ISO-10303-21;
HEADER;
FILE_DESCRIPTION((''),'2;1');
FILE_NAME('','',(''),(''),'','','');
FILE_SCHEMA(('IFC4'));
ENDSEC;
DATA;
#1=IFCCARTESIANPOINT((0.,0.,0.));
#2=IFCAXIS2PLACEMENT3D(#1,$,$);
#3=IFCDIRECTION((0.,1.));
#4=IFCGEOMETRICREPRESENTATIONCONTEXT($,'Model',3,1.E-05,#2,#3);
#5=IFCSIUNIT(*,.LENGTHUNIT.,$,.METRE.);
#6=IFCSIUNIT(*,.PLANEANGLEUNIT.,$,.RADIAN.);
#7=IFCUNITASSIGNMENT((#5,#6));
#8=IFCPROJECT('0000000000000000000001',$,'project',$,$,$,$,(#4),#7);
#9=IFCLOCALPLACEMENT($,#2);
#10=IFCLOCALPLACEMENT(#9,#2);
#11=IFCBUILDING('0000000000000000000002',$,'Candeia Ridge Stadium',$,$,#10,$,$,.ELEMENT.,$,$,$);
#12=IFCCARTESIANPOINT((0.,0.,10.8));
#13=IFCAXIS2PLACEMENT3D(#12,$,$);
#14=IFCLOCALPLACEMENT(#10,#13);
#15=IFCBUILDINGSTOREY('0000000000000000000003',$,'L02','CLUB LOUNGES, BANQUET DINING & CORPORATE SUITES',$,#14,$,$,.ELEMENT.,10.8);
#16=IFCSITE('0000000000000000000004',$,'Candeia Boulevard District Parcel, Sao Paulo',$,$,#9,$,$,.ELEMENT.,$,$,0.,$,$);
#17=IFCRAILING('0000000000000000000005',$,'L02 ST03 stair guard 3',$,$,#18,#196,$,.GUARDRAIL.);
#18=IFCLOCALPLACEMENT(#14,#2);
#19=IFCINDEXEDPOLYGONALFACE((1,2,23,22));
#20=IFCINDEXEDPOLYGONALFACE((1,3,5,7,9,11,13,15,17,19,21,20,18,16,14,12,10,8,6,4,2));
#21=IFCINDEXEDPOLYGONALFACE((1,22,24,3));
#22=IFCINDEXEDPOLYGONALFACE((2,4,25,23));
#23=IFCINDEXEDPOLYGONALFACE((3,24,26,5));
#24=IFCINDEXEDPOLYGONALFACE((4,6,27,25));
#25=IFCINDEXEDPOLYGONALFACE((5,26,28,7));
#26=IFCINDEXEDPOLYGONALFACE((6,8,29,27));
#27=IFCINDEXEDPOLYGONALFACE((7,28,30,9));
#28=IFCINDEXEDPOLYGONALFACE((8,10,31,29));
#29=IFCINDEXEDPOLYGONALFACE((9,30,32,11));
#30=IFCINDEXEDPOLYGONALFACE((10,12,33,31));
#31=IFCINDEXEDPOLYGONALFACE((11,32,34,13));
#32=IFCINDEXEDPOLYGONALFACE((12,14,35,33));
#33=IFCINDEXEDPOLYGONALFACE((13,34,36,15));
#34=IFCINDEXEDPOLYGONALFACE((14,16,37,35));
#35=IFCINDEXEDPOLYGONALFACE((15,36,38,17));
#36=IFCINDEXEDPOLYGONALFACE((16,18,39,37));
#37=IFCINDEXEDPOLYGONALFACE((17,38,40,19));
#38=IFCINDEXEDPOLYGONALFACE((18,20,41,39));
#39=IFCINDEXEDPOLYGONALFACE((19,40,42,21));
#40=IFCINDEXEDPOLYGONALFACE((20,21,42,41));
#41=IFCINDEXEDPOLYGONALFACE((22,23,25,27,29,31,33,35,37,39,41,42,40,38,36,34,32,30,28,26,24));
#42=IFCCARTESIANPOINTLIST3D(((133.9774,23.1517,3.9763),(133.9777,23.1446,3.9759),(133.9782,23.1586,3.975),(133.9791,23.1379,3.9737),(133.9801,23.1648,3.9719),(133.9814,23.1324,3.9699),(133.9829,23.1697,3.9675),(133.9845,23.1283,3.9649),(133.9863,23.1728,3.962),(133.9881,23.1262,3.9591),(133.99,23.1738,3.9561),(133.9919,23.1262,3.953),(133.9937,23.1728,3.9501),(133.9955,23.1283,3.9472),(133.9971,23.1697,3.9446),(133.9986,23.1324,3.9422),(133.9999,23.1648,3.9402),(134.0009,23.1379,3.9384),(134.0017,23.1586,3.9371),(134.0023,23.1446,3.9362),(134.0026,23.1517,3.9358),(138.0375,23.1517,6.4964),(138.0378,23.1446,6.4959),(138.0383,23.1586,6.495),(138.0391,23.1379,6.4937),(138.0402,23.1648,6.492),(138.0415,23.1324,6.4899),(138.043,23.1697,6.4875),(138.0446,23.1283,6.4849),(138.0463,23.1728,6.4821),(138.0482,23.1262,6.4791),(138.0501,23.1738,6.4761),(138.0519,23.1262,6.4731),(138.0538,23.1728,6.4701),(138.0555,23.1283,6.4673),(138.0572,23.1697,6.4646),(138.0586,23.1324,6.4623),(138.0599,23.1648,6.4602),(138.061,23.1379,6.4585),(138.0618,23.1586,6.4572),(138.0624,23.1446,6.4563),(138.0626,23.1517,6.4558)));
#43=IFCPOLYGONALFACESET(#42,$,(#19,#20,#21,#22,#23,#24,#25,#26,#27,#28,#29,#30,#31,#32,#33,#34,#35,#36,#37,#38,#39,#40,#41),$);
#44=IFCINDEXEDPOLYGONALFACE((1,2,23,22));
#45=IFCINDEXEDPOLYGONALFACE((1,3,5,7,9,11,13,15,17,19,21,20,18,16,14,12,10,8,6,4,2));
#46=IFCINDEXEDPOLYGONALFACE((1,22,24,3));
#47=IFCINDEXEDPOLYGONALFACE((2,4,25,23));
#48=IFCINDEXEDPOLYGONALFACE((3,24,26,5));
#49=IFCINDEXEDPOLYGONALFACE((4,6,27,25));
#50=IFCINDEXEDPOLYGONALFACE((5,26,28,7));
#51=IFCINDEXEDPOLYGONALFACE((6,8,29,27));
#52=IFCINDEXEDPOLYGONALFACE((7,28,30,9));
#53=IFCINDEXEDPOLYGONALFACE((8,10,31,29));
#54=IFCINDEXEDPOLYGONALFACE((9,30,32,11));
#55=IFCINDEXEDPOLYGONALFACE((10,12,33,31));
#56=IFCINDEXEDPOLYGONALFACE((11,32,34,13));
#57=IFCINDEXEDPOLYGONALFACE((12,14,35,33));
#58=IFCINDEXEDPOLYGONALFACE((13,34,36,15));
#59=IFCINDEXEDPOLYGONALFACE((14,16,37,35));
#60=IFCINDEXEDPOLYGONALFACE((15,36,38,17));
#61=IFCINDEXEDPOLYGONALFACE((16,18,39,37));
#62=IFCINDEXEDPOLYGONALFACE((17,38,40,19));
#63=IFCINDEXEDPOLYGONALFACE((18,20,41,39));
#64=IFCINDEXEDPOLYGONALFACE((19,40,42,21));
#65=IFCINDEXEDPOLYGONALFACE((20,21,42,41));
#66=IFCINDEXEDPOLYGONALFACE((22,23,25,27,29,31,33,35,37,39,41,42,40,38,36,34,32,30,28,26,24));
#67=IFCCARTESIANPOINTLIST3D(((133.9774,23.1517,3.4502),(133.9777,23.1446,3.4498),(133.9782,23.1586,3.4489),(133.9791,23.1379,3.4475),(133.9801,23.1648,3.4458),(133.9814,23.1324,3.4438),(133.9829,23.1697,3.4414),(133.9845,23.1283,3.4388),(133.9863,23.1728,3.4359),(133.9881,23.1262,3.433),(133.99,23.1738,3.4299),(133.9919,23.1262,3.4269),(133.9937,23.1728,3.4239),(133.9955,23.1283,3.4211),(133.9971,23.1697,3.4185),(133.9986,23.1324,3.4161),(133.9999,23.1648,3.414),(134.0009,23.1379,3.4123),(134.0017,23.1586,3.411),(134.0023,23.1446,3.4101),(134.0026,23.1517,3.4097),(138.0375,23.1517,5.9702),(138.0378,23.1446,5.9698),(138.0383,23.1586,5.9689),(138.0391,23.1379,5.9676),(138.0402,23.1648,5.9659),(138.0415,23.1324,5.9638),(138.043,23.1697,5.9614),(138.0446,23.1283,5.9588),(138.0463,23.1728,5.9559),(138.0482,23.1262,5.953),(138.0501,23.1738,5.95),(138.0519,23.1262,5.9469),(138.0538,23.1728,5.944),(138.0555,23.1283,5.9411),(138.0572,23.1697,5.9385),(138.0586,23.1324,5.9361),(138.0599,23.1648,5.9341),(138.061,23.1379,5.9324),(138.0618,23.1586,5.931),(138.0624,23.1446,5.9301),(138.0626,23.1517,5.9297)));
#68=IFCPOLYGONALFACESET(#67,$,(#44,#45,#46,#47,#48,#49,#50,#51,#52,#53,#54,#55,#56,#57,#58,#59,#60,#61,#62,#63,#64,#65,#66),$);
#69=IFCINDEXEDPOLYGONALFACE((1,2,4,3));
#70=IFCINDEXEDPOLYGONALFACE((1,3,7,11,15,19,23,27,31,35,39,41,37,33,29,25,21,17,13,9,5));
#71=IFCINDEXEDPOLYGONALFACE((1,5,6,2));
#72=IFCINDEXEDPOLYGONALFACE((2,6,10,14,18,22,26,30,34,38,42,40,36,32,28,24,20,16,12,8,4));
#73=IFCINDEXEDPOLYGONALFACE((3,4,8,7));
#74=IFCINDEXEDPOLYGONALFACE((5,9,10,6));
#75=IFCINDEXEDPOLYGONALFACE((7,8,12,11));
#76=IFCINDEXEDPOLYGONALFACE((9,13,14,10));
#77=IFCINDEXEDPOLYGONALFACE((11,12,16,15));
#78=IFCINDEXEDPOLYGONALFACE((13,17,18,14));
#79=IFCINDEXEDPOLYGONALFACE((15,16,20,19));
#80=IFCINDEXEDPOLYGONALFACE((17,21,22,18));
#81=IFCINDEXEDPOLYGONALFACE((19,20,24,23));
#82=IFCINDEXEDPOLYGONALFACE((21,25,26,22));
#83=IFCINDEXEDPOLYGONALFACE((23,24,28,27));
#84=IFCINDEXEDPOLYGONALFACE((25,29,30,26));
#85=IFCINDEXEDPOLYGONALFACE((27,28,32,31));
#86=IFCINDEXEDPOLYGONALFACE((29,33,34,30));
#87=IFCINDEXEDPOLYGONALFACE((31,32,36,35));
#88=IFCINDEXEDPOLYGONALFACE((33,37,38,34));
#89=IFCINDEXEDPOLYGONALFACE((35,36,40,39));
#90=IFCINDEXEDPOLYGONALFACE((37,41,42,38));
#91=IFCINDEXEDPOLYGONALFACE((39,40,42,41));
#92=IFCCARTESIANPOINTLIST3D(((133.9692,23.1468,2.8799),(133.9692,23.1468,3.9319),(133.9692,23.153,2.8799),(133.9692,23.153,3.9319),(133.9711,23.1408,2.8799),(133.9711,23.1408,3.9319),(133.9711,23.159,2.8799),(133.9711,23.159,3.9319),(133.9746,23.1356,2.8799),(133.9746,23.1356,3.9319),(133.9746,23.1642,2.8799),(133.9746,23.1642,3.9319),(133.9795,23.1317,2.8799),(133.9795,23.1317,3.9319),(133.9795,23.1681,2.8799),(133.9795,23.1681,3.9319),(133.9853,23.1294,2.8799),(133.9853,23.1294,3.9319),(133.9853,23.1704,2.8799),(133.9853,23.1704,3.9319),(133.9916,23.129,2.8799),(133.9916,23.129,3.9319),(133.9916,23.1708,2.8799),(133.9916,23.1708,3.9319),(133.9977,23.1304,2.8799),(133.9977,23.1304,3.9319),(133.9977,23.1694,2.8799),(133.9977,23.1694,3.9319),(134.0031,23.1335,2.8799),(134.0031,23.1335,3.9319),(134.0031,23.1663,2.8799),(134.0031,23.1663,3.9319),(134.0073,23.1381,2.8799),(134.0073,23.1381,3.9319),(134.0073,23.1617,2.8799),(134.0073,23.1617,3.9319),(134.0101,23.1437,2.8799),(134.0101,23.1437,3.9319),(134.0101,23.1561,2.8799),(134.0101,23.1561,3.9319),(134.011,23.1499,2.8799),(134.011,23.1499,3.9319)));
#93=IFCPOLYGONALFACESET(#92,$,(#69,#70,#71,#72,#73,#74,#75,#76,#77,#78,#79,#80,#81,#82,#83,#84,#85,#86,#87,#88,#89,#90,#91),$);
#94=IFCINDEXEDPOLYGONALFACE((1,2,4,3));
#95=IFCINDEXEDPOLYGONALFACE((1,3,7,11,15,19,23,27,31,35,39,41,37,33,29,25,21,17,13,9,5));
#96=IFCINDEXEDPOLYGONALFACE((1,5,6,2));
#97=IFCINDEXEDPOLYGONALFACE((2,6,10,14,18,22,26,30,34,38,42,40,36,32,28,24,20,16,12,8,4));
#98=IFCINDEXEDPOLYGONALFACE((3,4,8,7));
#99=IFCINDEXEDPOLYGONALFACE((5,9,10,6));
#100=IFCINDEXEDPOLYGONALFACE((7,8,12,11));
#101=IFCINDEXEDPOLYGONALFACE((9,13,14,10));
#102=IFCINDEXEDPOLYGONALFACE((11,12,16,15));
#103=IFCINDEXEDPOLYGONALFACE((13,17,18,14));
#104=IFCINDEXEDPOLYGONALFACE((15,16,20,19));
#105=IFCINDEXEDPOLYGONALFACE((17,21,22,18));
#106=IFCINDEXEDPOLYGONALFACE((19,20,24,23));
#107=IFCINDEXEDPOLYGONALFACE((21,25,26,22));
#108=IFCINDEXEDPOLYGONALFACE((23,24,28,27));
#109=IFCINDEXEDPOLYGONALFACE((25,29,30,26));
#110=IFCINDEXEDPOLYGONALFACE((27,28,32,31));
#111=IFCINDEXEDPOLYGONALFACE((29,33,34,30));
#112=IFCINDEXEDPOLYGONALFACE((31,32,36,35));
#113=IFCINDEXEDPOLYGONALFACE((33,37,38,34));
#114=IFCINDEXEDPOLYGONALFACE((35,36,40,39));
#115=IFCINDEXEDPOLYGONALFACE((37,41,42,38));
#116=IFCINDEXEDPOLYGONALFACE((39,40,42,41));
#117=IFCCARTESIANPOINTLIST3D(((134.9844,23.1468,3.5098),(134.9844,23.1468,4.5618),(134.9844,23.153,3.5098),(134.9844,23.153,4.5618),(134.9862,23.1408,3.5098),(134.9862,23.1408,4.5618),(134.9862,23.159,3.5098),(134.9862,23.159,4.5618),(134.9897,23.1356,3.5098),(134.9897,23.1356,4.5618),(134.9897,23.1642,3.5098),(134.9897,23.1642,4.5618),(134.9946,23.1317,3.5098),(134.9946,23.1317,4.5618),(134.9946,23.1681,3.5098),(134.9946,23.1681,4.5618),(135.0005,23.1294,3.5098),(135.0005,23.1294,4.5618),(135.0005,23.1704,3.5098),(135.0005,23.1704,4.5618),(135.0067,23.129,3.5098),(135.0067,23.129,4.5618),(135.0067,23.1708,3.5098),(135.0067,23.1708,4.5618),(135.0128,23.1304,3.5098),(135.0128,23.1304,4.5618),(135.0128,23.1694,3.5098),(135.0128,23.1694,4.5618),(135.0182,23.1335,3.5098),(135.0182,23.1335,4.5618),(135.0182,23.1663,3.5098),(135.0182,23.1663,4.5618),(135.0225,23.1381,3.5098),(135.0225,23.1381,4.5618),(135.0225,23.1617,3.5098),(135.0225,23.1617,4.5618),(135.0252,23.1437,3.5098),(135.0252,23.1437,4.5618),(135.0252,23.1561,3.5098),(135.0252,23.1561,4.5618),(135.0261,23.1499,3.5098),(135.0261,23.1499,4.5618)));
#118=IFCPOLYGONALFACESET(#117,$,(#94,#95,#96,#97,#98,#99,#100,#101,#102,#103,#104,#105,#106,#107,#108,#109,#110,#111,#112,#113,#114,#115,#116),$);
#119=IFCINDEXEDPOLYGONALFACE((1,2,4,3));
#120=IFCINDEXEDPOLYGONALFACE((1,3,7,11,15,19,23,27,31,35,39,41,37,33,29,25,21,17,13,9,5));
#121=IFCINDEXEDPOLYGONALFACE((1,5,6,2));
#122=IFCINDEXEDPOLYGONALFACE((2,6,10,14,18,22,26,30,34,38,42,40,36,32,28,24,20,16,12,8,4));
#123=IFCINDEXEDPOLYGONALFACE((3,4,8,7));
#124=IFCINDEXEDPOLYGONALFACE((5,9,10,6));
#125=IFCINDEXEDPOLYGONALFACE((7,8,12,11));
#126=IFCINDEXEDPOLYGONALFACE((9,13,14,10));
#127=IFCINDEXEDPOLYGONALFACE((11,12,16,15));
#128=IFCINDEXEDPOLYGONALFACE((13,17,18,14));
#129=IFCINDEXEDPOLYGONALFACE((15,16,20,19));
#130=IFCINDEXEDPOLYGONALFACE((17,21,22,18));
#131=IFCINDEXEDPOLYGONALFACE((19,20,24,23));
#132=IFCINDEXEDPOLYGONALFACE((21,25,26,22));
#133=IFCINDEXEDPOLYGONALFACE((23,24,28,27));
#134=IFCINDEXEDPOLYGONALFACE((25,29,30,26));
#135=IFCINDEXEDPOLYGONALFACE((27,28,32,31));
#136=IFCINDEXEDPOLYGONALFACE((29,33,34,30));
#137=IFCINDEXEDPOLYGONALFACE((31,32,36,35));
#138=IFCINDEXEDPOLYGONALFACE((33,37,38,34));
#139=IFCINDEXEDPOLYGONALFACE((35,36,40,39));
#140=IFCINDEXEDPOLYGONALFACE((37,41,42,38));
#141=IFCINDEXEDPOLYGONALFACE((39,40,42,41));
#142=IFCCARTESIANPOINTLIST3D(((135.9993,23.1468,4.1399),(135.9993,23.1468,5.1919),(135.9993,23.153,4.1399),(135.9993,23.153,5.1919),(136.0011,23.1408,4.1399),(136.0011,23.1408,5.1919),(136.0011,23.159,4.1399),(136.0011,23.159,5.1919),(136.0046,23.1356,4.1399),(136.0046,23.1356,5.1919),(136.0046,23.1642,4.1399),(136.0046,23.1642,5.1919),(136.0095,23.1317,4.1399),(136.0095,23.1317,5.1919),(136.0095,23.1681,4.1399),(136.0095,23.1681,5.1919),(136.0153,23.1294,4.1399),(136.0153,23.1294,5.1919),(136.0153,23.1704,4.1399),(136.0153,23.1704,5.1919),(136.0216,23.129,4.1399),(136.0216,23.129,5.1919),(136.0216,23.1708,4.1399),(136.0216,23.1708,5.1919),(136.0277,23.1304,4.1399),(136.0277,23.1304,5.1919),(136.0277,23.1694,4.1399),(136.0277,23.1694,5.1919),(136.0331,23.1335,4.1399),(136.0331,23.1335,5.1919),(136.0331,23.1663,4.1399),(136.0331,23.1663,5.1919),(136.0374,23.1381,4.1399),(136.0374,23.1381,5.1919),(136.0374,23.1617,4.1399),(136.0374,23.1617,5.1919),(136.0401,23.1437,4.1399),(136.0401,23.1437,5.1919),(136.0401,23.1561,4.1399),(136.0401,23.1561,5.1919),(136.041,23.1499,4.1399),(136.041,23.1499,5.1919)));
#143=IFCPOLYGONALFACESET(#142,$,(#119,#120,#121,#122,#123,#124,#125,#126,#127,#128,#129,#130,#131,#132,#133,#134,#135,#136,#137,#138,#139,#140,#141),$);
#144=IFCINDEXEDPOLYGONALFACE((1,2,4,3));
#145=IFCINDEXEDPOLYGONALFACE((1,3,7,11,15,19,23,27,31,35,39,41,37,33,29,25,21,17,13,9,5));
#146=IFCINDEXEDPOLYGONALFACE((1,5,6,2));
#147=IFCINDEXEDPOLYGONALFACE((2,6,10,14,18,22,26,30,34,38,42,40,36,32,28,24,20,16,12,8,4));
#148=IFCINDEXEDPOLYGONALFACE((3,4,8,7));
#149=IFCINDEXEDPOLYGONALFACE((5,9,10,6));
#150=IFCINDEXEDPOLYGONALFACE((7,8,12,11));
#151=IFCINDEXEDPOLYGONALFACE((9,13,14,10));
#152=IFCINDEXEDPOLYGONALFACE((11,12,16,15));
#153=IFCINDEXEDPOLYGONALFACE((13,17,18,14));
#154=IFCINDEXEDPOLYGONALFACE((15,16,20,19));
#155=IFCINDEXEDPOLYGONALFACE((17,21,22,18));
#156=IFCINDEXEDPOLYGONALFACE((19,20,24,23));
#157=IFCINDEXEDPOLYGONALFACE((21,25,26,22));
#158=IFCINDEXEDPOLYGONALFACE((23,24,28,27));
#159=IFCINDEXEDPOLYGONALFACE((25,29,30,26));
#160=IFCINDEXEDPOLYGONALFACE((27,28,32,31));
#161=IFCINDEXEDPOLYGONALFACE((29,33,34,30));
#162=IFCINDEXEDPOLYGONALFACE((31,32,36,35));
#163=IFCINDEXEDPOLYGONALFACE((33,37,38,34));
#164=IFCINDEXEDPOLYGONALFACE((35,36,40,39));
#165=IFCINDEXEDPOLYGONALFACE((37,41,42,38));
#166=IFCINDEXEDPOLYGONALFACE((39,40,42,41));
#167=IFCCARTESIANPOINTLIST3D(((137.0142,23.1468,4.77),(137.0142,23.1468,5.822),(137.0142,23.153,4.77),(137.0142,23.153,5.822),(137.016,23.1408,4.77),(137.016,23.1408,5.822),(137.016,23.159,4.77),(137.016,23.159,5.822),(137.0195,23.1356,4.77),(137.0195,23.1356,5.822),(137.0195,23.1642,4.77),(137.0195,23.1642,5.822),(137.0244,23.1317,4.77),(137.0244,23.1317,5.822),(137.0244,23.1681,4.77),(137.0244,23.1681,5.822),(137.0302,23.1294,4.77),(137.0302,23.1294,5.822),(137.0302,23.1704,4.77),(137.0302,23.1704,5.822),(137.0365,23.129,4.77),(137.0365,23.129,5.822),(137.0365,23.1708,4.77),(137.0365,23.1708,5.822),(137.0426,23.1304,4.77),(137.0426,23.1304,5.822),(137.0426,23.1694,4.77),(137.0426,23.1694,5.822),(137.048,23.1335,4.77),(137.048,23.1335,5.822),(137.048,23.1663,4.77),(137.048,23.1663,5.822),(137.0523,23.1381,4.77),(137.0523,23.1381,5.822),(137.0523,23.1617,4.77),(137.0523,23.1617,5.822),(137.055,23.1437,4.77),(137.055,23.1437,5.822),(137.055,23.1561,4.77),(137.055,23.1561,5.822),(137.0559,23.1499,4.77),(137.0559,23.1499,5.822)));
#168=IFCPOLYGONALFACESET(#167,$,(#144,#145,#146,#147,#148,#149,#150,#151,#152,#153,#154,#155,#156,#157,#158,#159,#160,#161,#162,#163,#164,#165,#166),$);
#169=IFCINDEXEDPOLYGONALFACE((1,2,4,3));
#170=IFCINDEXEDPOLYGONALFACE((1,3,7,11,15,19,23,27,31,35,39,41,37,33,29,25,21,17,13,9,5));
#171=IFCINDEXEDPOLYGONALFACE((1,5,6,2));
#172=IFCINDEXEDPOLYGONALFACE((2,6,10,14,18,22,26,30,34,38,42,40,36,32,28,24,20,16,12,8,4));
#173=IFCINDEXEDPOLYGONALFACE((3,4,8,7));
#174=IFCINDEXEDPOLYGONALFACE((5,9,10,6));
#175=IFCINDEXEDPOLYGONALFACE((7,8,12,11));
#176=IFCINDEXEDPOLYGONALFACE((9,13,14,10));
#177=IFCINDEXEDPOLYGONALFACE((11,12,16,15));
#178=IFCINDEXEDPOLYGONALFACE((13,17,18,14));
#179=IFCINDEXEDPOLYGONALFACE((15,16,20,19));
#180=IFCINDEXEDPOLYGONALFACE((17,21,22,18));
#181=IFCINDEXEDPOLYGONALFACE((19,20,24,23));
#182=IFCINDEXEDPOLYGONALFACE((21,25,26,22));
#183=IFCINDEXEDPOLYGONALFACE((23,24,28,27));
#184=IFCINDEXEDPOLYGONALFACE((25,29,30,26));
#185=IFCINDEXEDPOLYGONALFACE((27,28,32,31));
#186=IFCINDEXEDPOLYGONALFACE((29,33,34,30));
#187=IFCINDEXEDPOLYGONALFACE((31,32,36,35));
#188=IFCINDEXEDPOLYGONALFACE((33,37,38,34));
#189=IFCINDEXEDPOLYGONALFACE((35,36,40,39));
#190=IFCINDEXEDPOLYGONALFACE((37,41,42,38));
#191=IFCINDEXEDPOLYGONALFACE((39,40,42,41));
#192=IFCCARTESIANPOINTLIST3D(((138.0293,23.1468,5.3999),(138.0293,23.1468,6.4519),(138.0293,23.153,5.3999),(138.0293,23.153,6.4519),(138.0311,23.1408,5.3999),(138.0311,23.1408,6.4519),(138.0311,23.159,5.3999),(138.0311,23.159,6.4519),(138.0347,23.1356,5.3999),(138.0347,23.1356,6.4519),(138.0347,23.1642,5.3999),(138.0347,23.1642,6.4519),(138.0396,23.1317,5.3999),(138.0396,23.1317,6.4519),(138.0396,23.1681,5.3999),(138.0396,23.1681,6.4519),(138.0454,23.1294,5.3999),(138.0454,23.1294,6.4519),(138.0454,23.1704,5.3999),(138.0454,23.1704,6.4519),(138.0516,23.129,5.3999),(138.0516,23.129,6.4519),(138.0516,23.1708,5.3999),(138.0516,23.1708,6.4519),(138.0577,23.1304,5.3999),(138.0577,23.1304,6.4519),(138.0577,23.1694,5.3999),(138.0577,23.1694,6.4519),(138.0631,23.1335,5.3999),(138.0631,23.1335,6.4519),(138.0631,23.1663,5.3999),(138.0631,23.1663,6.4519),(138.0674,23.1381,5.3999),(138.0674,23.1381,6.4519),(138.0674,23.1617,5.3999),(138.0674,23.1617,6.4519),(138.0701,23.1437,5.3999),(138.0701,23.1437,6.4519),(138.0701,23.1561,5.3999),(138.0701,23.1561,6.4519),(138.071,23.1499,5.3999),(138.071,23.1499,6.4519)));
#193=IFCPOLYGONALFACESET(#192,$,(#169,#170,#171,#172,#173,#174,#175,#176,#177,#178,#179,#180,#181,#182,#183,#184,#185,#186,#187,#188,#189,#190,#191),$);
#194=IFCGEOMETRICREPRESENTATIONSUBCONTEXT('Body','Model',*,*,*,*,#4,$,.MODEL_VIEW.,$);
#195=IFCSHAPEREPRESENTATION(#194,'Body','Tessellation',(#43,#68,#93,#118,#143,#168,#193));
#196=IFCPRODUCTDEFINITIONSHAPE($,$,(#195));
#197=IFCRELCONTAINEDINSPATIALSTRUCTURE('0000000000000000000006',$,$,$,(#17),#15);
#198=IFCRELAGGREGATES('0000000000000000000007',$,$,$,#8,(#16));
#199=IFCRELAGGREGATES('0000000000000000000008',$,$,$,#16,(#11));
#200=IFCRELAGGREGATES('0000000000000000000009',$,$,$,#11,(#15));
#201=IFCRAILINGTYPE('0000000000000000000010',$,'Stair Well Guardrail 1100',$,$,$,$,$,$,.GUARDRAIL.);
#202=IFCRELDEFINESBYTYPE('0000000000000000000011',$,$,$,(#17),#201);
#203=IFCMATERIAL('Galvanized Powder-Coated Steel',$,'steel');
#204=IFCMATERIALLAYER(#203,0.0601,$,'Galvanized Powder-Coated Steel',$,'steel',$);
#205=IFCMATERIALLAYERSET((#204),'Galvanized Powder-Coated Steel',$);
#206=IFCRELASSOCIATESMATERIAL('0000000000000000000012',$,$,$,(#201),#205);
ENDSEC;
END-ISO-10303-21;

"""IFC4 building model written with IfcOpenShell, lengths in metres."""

from ifc_helpers import new_model, si_unit, direction, frame, origin, origin_2d, place, context, subcontext, project, spatial, circle, extrude, material, layer, layer_set, type_object, element, save


model = new_model("IFC4")

# Units and contexts
model_context = context("Model", 3, precision=1e-05, world=origin(), true_north=direction((0.0, 1.0)))
body_context = subcontext(model_context, "Body", "Model", "MODEL_VIEW")
ifc_project = project(units=[si_unit("LENGTHUNIT", "METRE"), si_unit("PLANEANGLEUNIT", "RADIAN")], contexts=[model_context])

# Site, building, storey
site_placement = place(None, origin())
site = spatial("IfcSite", under=ifc_project, at=site_placement, Name="Candeia Boulevard District Parcel, Sao Paulo", CompositionType="ELEMENT", RefElevation=0.0)
building_placement = place(site_placement, origin())
building = spatial("IfcBuilding", under=site, at=building_placement, Name="Candeia Ridge Stadium", CompositionType="ELEMENT")
storey_placement = place(building_placement, frame((0.0, 0.0, 10.8)))
storey = spatial("IfcBuildingStorey", under=building, at=storey_placement, Name="L02", Description="CLUB LOUNGES, BANQUET DINING & CORPORATE SUITES", CompositionType="ELEMENT", Elevation=10.8)

# Railing
ifc_material_1 = material(Name="Galvanized Powder-Coated Steel", Category="steel")
ifc_layer_1 = layer(ifc_material_1, 0.0601, Name="Galvanized Powder-Coated Steel", Category="steel")
ifc_layer_set_1 = layer_set([ifc_layer_1], Name="Galvanized Powder-Coated Steel")
railing_type_1 = type_object("IfcRailingType", Name="Stair Well Guardrail 1100", PredefinedType="GUARDRAIL", material=ifc_layer_set_1)
railing_1_placement = place(storey_placement, frame((133.99, 23.1499, 2.8799)))
element("IfcRailing", 1, at=railing_1_placement, inside=storey, type_object=railing_type_1, Name="L02 ST03 stair guard 3", PredefinedType="GUARDRAIL", context=body_context, shape_type="SweptSolid", body=[
    extrude(circle(Radius=0.0239, at=origin_2d()), frame((0.0, 0.0, 1.0762), z_axis=(0.849642, 0.0, 0.52736), x_axis=(0.0, 1.0, 0.0)), (0.0, 0.0, 1.0), 4.7786),
    extrude(circle(Radius=0.0239, at=origin_2d()), frame((0.0, 0.0, 0.55), z_axis=(0.849642, 0.0, 0.52736), x_axis=(0.0, 1.0, 0.0)), (0.0, 0.0, 1.0), 4.7786),
    extrude(circle(Radius=0.021, at=origin_2d()), origin(), (0.0, 0.0, 1.0), 1.052),
    extrude(circle(Radius=0.021, at=origin_2d()), frame((1.0151, 0.0, 0.6299)), (0.0, 0.0, 1.0), 1.052),
    extrude(circle(Radius=0.021, at=origin_2d()), frame((2.03, 0.0, 1.26)), (0.0, 0.0, 1.0), 1.052),
    extrude(circle(Radius=0.021, at=origin_2d()), frame((3.0449, 0.0, 1.8901)), (0.0, 0.0, 1.0), 1.052),
    extrude(circle(Radius=0.021, at=origin_2d()), frame((4.0601, 0.0, 2.52)), (0.0, 0.0, 1.0), 1.052),
])

save(model, "model.ifc")
